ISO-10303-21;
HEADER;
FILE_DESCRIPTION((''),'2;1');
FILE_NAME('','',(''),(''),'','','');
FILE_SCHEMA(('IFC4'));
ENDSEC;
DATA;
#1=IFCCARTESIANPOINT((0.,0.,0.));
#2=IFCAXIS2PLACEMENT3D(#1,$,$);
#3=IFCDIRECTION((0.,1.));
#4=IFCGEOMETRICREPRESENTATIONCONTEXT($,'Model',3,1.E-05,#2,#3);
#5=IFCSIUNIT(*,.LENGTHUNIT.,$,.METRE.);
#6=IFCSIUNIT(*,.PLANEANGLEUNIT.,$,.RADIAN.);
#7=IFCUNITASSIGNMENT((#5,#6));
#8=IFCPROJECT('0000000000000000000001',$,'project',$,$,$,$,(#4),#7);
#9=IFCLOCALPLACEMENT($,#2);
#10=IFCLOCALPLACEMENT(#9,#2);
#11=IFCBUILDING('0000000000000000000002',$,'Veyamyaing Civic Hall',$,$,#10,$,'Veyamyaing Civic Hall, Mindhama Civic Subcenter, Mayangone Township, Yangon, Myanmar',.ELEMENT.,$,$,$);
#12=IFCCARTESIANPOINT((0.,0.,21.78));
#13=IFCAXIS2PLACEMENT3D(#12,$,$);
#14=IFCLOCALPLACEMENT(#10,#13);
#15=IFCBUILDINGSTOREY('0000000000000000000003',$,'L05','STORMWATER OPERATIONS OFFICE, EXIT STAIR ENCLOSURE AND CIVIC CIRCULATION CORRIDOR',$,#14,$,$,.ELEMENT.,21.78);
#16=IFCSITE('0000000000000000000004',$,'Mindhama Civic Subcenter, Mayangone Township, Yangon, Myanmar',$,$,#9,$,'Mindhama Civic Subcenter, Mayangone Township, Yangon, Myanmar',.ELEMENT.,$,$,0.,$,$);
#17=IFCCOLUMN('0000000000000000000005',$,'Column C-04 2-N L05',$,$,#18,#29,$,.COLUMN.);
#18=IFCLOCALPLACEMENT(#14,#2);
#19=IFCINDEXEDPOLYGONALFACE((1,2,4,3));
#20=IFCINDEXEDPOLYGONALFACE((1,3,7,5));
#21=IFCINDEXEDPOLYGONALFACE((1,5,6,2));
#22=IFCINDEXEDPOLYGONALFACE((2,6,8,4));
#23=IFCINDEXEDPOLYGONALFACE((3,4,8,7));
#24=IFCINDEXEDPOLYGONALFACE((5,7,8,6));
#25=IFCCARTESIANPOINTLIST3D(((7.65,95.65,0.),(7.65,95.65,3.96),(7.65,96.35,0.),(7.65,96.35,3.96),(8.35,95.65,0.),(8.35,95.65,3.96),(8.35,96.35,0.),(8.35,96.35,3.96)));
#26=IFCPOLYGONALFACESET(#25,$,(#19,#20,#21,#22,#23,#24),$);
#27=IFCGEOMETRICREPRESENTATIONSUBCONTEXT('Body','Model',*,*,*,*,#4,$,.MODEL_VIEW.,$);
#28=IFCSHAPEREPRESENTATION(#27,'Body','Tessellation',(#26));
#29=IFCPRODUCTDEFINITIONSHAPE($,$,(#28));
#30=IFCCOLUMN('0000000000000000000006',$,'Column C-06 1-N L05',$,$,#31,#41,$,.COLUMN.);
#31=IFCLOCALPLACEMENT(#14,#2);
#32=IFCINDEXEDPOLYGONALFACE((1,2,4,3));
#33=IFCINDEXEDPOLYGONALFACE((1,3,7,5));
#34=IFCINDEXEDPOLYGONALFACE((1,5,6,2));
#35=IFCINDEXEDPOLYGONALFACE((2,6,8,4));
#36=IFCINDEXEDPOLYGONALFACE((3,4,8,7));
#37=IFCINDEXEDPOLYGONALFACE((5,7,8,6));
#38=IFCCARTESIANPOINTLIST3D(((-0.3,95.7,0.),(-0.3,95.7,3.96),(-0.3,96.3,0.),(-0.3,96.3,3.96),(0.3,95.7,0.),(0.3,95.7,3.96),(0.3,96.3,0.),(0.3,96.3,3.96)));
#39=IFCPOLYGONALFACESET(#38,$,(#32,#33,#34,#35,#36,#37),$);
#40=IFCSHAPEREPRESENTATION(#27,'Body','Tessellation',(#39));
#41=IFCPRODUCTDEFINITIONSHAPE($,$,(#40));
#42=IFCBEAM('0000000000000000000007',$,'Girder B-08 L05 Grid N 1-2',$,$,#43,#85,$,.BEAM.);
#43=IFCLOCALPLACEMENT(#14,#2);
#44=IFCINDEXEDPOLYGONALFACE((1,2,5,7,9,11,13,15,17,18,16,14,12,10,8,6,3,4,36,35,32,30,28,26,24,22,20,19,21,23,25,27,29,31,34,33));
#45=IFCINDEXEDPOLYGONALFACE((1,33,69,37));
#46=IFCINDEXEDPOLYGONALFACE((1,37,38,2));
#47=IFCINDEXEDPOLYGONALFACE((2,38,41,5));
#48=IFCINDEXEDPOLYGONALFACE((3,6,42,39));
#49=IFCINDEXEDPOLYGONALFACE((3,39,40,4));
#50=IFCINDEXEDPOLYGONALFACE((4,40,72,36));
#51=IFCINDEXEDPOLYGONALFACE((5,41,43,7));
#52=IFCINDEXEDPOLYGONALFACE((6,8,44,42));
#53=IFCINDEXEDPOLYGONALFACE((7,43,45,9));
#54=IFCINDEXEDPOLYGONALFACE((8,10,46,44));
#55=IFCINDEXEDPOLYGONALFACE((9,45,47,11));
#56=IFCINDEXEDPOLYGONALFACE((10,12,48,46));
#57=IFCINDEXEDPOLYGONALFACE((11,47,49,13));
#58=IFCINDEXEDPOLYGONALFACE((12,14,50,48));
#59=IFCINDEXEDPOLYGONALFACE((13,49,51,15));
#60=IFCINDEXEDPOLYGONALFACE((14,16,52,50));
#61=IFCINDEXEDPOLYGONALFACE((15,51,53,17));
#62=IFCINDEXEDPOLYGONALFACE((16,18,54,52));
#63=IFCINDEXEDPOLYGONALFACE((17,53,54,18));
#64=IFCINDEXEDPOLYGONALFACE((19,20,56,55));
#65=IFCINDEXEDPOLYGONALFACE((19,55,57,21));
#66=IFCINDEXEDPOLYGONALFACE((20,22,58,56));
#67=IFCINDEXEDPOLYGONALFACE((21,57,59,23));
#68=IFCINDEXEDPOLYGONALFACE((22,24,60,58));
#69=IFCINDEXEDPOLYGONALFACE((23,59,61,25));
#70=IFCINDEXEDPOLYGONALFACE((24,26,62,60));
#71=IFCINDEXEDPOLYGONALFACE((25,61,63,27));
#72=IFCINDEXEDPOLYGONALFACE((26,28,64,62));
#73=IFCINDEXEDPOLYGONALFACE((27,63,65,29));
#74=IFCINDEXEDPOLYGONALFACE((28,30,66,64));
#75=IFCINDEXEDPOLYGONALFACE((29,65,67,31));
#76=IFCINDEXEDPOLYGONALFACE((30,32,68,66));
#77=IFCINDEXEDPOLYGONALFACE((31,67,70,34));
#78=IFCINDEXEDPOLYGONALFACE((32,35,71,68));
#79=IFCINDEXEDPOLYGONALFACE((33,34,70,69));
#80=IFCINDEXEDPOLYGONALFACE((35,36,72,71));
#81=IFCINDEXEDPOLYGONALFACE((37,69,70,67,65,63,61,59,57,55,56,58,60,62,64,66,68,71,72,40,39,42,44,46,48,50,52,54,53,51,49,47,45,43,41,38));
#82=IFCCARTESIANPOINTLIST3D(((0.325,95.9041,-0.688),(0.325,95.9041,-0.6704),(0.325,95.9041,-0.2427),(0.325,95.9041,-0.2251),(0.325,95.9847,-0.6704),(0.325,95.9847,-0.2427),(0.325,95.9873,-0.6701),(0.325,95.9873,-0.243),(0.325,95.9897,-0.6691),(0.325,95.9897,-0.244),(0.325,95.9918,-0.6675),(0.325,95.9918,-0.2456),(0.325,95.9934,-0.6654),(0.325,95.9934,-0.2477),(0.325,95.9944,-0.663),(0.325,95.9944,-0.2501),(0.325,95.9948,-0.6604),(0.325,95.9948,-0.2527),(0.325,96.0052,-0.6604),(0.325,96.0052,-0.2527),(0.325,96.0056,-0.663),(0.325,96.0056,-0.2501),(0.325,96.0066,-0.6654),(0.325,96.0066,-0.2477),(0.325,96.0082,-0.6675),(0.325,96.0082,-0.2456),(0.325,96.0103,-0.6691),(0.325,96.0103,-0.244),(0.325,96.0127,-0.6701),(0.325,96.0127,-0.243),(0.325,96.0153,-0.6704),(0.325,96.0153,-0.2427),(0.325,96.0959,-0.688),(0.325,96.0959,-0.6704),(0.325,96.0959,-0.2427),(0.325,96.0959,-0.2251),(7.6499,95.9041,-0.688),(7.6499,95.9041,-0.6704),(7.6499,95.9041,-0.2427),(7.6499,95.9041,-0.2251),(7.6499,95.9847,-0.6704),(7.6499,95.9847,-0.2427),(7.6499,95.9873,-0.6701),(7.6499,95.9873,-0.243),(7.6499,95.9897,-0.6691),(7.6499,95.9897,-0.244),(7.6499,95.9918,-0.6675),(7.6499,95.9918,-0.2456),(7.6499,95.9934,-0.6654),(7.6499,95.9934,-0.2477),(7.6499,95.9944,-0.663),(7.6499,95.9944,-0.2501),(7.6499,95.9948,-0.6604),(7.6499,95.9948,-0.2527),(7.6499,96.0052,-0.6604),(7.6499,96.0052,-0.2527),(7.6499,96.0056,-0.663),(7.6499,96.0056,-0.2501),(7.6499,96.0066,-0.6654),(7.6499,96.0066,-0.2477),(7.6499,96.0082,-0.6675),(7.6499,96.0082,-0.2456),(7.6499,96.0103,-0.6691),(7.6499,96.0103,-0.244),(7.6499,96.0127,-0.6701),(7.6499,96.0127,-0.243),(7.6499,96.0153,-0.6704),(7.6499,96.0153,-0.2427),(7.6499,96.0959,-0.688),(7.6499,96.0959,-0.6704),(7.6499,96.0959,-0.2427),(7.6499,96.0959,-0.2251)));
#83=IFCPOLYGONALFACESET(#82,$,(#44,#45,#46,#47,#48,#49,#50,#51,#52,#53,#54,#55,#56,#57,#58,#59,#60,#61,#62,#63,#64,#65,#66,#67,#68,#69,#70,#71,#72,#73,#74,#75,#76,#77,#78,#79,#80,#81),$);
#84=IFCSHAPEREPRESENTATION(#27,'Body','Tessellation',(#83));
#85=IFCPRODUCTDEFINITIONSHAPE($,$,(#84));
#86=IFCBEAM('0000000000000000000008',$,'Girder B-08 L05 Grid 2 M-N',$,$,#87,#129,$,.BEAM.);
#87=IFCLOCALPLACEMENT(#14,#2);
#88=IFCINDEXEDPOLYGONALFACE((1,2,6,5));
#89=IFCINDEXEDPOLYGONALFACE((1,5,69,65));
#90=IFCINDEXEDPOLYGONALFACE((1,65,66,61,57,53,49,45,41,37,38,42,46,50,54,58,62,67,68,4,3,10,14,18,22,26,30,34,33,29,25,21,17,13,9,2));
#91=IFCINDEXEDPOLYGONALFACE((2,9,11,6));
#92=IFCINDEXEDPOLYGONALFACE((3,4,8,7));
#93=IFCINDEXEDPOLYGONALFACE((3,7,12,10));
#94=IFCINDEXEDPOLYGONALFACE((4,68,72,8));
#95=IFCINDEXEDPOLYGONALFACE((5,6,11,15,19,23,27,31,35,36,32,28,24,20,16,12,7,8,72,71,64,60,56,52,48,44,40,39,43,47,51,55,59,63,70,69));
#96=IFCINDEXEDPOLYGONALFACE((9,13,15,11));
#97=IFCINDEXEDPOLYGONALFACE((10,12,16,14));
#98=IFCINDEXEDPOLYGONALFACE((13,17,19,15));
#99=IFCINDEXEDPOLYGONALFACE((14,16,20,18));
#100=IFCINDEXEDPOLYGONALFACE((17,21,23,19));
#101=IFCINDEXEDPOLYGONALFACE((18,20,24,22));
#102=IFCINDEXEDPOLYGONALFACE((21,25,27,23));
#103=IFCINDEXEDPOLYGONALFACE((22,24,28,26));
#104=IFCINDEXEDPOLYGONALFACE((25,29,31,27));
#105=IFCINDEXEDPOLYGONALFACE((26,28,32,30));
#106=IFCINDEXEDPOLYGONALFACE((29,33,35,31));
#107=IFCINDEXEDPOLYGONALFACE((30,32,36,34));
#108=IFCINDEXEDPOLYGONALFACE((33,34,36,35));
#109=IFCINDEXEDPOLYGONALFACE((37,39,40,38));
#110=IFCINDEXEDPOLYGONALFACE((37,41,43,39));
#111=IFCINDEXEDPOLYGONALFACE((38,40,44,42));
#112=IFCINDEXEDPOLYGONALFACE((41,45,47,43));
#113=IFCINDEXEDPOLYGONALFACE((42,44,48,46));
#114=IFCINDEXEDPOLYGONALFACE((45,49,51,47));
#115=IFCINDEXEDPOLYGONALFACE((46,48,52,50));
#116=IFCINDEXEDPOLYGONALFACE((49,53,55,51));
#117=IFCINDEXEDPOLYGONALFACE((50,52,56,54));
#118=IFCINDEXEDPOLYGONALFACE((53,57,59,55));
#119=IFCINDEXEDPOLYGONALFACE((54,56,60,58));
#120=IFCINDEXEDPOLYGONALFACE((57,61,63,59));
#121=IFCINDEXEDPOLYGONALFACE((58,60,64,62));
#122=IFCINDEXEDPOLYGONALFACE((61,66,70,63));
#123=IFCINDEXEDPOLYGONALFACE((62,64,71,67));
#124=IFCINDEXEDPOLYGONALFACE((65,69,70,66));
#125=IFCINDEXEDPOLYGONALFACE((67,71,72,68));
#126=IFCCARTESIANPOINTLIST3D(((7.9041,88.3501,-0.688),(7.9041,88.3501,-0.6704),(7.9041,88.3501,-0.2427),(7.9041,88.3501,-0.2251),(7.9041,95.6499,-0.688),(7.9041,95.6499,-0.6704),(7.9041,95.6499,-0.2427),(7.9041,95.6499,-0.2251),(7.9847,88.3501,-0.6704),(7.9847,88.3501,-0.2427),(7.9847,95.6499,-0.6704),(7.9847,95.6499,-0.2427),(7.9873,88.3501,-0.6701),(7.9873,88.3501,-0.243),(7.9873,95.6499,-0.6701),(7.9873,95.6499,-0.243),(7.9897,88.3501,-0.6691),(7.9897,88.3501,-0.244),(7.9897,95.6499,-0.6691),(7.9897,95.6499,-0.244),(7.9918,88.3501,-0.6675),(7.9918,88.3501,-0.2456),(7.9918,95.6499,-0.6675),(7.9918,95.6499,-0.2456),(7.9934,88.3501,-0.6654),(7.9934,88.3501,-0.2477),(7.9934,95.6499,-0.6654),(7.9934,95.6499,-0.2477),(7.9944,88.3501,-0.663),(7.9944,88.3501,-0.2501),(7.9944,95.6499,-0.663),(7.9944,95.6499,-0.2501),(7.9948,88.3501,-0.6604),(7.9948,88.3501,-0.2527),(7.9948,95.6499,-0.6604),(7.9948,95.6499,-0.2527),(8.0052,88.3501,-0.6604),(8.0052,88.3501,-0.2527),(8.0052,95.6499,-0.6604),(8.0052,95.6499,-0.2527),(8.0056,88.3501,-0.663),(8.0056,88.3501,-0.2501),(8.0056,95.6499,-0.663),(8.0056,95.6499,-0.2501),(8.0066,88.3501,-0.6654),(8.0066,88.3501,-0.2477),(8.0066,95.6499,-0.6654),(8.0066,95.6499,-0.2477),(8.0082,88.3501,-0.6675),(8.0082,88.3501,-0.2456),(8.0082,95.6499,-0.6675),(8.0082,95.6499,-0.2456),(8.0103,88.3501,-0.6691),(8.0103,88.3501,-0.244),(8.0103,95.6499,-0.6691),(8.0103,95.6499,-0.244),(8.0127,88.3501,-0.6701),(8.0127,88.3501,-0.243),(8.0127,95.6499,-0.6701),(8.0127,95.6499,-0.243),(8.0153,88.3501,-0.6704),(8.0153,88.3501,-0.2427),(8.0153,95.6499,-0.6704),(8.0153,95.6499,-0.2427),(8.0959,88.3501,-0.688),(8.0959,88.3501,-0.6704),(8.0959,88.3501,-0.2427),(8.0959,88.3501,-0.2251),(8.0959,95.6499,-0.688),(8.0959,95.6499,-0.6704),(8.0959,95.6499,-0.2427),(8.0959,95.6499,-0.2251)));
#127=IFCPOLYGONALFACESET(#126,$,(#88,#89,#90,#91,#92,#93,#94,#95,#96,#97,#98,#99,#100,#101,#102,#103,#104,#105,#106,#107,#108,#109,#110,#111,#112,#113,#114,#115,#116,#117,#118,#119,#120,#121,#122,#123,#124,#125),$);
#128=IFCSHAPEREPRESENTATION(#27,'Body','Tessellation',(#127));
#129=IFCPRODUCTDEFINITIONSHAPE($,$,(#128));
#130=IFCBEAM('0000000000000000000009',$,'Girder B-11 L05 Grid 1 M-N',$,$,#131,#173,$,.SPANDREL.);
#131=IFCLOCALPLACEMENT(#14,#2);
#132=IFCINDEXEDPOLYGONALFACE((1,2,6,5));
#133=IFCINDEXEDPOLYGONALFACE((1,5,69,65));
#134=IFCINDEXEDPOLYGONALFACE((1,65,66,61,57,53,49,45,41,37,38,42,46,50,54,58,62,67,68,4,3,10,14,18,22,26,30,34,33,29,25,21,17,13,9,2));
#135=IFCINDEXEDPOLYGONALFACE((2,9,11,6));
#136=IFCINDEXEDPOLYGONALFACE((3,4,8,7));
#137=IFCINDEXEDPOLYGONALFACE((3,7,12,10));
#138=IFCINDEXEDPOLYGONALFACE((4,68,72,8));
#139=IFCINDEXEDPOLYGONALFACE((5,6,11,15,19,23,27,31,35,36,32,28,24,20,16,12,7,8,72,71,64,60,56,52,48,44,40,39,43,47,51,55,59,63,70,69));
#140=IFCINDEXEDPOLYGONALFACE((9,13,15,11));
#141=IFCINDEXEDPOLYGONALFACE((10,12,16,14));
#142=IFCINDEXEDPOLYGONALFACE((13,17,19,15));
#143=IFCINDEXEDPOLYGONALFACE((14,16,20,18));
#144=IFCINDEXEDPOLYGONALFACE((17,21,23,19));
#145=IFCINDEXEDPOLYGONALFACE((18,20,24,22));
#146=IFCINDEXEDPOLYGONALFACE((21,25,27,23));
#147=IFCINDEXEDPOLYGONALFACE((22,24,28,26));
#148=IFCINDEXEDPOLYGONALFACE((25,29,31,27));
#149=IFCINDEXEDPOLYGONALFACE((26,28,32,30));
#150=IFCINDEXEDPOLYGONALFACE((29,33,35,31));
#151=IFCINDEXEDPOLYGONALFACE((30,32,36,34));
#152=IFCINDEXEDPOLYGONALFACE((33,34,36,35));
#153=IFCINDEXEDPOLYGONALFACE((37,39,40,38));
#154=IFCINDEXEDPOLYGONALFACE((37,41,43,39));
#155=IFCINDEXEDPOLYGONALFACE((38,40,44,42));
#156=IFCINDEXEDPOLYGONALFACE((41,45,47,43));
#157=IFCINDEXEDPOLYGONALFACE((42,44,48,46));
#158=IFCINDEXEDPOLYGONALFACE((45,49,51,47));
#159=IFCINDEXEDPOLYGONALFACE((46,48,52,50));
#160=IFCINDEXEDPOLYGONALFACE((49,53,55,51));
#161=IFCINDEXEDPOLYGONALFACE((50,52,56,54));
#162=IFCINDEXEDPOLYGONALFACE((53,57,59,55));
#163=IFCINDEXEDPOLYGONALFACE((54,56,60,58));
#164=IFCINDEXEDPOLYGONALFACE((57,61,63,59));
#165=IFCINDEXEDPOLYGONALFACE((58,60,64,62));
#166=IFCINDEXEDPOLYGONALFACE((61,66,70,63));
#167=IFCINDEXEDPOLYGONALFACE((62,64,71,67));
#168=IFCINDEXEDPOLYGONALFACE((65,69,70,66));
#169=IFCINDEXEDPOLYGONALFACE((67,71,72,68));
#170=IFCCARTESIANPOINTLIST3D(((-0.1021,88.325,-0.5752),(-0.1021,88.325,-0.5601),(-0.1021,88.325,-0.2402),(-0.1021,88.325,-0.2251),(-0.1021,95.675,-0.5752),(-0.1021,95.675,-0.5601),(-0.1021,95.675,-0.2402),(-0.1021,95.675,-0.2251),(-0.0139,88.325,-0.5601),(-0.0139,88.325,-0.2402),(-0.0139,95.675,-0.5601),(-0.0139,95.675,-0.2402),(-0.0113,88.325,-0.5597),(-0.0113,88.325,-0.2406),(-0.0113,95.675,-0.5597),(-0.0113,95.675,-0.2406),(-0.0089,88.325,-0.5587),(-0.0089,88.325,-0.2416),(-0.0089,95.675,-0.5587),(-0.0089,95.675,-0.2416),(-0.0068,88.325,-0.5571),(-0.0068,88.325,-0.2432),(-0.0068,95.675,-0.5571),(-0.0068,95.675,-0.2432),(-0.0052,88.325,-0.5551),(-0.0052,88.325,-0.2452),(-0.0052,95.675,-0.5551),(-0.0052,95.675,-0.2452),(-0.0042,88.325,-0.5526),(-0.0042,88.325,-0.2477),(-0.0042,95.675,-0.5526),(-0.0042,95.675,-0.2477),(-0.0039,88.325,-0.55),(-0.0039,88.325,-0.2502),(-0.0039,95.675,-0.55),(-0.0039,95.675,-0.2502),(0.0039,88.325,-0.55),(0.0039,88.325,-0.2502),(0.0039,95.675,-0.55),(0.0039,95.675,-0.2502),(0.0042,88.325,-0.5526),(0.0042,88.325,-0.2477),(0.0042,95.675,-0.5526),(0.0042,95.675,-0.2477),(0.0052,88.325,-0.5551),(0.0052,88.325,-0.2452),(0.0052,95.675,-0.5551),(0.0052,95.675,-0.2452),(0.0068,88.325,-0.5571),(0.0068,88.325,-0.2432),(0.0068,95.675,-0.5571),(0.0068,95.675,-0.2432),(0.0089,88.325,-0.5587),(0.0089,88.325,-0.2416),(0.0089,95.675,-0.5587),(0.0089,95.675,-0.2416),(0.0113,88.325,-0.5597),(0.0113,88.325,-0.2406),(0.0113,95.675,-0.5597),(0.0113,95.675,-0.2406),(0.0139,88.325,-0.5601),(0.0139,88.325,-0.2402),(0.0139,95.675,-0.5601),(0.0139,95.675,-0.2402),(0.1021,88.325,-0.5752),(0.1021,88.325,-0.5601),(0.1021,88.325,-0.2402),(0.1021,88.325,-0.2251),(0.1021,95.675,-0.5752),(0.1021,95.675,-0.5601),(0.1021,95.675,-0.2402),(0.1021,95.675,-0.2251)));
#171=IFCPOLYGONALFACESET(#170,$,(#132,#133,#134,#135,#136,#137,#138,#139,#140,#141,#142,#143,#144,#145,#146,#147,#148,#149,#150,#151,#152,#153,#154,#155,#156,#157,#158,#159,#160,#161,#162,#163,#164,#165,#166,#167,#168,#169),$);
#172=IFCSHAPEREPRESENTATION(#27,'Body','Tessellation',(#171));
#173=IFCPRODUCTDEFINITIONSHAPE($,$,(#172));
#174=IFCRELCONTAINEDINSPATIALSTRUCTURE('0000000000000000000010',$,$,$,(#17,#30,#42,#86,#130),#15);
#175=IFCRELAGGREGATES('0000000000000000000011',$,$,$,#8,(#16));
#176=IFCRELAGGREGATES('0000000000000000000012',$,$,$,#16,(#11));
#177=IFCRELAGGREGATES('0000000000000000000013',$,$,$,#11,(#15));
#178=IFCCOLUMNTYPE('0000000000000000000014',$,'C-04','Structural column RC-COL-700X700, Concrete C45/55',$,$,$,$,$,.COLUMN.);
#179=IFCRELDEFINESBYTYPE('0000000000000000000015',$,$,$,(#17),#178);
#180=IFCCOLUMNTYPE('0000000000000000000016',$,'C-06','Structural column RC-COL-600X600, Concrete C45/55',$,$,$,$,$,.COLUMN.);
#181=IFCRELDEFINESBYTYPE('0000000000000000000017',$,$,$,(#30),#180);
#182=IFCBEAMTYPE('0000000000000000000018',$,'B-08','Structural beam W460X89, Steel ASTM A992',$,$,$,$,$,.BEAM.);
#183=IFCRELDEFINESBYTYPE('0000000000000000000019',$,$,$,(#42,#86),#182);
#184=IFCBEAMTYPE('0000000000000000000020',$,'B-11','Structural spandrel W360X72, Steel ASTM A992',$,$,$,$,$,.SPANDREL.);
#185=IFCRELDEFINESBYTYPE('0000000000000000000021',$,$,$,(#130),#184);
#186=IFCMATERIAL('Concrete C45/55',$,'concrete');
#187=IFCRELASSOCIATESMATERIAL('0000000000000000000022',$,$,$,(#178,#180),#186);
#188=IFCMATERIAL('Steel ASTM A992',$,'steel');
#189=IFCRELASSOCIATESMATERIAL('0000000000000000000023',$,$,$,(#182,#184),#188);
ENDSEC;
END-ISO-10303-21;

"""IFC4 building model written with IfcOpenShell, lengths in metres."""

from ifc_helpers import new_model, si_unit, direction, frame, origin, origin_2d, place, context, subcontext, project, spatial, rectangle, i_section, extrude, material, material_profile, profile_set, type_object, element, save


model = new_model("IFC4")

# Units and contexts
model_context = context("Model", 3, precision=1e-05, world=origin(), true_north=direction((0.0, 1.0)))
body_context = subcontext(model_context, "Body", "Model", "MODEL_VIEW")
ifc_project = project(units=[si_unit("LENGTHUNIT", "METRE"), si_unit("PLANEANGLEUNIT", "RADIAN")], contexts=[model_context])

# Site, building, storey
site_placement = place(None, origin())
site = spatial("IfcSite", under=ifc_project, at=site_placement, Name="Mindhama Civic Subcenter, Mayangone Township, Yangon, Myanmar", LongName="Mindhama Civic Subcenter, Mayangone Township, Yangon, Myanmar", CompositionType="ELEMENT", RefElevation=0.0)
building_placement = place(site_placement, origin())
building = spatial("IfcBuilding", under=site, at=building_placement, Name="Veyamyaing Civic Hall", LongName="Veyamyaing Civic Hall, Mindhama Civic Subcenter, Mayangone Township, Yangon, Myanmar", CompositionType="ELEMENT")
storey_placement = place(building_placement, frame((0.0, 0.0, 21.78)))
storey = spatial("IfcBuildingStorey", under=building, at=storey_placement, Name="L05", Description="STORMWATER OPERATIONS OFFICE, EXIT STAIR ENCLOSURE AND CIVIC CIRCULATION CORRIDOR", CompositionType="ELEMENT", Elevation=21.78)

# Columns
ifc_material_1 = material(Name="Concrete C45/55", Category="concrete")
ifc_material_profile_1 = material_profile(ifc_material_1, rectangle(XDim=0.7, YDim=0.7, at=origin_2d()), Name="RC-COL-700X700")
ifc_profile_set_1 = profile_set([ifc_material_profile_1], Name="Concrete C45/55")
column_type_1 = type_object("IfcColumnType", Name="C-04", Description="Structural column RC-COL-700X700, Concrete C45/55", PredefinedType="COLUMN", material=ifc_profile_set_1)
column_1_placement = place(storey_placement, frame((8.0, 96.0, 0.0), z_axis=(0.0, 0.0, 1.0), x_axis=(1.0, 0.0, 0.0)))
element("IfcColumn", 1, at=column_1_placement, inside=storey, type_object=column_type_1, Name="Column C-04 2-N L05", PredefinedType="COLUMN", context=body_context, shape_type="SweptSolid", body=[
    extrude(rectangle(XDim=0.7, YDim=0.7, at=origin_2d()), origin(), (0.0, 0.0, 1.0), 3.96),
])
ifc_material_profile_2 = material_profile(ifc_material_1, rectangle(XDim=0.6001, YDim=0.6001, at=origin_2d()), Name="RC-COL-600X600")
ifc_profile_set_2 = profile_set([ifc_material_profile_2], Name="Concrete C45/55")
column_type_2 = type_object("IfcColumnType", Name="C-06", Description="Structural column RC-COL-600X600, Concrete C45/55", PredefinedType="COLUMN", material=ifc_profile_set_2)
column_2_placement = place(storey_placement, frame((0.0, 96.0, 0.0), z_axis=(0.0, 0.0, 1.0), x_axis=(1.0, 0.0, 0.0)))
element("IfcColumn", 2, at=column_2_placement, inside=storey, type_object=column_type_2, Name="Column C-06 1-N L05", PredefinedType="COLUMN", context=body_context, shape_type="SweptSolid", body=[
    extrude(rectangle(XDim=0.6001, YDim=0.6001, at=origin_2d()), origin(), (0.0, 0.0, 1.0), 3.96),
])

# Beams
ifc_material_2 = material(Name="Steel ASTM A992", Category="steel")
ifc_material_profile_3 = material_profile(ifc_material_2, i_section(OverallWidth=0.1919, OverallDepth=0.4629, WebThickness=0.0105, FlangeThickness=0.0176, FilletRadius=0.01, at=origin_2d()), Name="W460X89")
ifc_profile_set_3 = profile_set([ifc_material_profile_3], Name="Steel ASTM A992")
beam_type_1 = type_object("IfcBeamType", Name="B-08", Description="Structural beam W460X89, Steel ASTM A992", PredefinedType="BEAM", material=ifc_profile_set_3)
beam_1_placement = place(storey_placement, frame((0.325, 96.0, -0.4565), z_axis=(1.0, 0.0, 0.0), x_axis=(0.0, 1.0, 0.0)))
element("IfcBeam", 3, at=beam_1_placement, inside=storey, type_object=beam_type_1, Name="Girder B-08 L05 Grid N 1-2", PredefinedType="BEAM", context=body_context, shape_type="SweptSolid", body=[
    extrude(i_section(OverallWidth=0.1919, OverallDepth=0.4629, WebThickness=0.0105, FlangeThickness=0.0176, FilletRadius=0.01, at=origin_2d()), origin(), (0.0, 0.0, 1.0), 7.325),
])
beam_2_placement = place(storey_placement, frame((8.0, 88.3501, -0.4565), z_axis=(0.0, 1.0, 0.0), x_axis=(-1.0, 0.0, 0.0)))
element("IfcBeam", 4, at=beam_2_placement, inside=storey, type_object=beam_type_1, Name="Girder B-08 L05 Grid 2 M-N", PredefinedType="BEAM", context=body_context, shape_type="SweptSolid", body=[
    extrude(i_section(OverallWidth=0.1919, OverallDepth=0.4629, WebThickness=0.0105, FlangeThickness=0.0176, FilletRadius=0.01, at=origin_2d()), origin(), (0.0, 0.0, 1.0), 7.2998),
])
ifc_material_profile_4 = material_profile(ifc_material_2, i_section(OverallWidth=0.2041, OverallDepth=0.3501, WebThickness=0.0078, FlangeThickness=0.0151, FilletRadius=0.01, at=origin_2d()), Name="W360X72")
ifc_profile_set_4 = profile_set([ifc_material_profile_4], Name="Steel ASTM A992")
beam_type_2 = type_object("IfcBeamType", Name="B-11", Description="Structural spandrel W360X72, Steel ASTM A992", PredefinedType="SPANDREL", material=ifc_profile_set_4)
beam_3_placement = place(storey_placement, frame((0.0, 88.325, -0.4001), z_axis=(0.0, 1.0, 0.0), x_axis=(-1.0, 0.0, 0.0)))
element("IfcBeam", 5, at=beam_3_placement, inside=storey, type_object=beam_type_2, Name="Girder B-11 L05 Grid 1 M-N", PredefinedType="SPANDREL", context=body_context, shape_type="SweptSolid", body=[
    extrude(i_section(OverallWidth=0.2041, OverallDepth=0.3501, WebThickness=0.0078, FlangeThickness=0.0151, FilletRadius=0.01, at=origin_2d()), origin(), (0.0, 0.0, 1.0), 7.3501),
])

save(model, "model.ifc")
